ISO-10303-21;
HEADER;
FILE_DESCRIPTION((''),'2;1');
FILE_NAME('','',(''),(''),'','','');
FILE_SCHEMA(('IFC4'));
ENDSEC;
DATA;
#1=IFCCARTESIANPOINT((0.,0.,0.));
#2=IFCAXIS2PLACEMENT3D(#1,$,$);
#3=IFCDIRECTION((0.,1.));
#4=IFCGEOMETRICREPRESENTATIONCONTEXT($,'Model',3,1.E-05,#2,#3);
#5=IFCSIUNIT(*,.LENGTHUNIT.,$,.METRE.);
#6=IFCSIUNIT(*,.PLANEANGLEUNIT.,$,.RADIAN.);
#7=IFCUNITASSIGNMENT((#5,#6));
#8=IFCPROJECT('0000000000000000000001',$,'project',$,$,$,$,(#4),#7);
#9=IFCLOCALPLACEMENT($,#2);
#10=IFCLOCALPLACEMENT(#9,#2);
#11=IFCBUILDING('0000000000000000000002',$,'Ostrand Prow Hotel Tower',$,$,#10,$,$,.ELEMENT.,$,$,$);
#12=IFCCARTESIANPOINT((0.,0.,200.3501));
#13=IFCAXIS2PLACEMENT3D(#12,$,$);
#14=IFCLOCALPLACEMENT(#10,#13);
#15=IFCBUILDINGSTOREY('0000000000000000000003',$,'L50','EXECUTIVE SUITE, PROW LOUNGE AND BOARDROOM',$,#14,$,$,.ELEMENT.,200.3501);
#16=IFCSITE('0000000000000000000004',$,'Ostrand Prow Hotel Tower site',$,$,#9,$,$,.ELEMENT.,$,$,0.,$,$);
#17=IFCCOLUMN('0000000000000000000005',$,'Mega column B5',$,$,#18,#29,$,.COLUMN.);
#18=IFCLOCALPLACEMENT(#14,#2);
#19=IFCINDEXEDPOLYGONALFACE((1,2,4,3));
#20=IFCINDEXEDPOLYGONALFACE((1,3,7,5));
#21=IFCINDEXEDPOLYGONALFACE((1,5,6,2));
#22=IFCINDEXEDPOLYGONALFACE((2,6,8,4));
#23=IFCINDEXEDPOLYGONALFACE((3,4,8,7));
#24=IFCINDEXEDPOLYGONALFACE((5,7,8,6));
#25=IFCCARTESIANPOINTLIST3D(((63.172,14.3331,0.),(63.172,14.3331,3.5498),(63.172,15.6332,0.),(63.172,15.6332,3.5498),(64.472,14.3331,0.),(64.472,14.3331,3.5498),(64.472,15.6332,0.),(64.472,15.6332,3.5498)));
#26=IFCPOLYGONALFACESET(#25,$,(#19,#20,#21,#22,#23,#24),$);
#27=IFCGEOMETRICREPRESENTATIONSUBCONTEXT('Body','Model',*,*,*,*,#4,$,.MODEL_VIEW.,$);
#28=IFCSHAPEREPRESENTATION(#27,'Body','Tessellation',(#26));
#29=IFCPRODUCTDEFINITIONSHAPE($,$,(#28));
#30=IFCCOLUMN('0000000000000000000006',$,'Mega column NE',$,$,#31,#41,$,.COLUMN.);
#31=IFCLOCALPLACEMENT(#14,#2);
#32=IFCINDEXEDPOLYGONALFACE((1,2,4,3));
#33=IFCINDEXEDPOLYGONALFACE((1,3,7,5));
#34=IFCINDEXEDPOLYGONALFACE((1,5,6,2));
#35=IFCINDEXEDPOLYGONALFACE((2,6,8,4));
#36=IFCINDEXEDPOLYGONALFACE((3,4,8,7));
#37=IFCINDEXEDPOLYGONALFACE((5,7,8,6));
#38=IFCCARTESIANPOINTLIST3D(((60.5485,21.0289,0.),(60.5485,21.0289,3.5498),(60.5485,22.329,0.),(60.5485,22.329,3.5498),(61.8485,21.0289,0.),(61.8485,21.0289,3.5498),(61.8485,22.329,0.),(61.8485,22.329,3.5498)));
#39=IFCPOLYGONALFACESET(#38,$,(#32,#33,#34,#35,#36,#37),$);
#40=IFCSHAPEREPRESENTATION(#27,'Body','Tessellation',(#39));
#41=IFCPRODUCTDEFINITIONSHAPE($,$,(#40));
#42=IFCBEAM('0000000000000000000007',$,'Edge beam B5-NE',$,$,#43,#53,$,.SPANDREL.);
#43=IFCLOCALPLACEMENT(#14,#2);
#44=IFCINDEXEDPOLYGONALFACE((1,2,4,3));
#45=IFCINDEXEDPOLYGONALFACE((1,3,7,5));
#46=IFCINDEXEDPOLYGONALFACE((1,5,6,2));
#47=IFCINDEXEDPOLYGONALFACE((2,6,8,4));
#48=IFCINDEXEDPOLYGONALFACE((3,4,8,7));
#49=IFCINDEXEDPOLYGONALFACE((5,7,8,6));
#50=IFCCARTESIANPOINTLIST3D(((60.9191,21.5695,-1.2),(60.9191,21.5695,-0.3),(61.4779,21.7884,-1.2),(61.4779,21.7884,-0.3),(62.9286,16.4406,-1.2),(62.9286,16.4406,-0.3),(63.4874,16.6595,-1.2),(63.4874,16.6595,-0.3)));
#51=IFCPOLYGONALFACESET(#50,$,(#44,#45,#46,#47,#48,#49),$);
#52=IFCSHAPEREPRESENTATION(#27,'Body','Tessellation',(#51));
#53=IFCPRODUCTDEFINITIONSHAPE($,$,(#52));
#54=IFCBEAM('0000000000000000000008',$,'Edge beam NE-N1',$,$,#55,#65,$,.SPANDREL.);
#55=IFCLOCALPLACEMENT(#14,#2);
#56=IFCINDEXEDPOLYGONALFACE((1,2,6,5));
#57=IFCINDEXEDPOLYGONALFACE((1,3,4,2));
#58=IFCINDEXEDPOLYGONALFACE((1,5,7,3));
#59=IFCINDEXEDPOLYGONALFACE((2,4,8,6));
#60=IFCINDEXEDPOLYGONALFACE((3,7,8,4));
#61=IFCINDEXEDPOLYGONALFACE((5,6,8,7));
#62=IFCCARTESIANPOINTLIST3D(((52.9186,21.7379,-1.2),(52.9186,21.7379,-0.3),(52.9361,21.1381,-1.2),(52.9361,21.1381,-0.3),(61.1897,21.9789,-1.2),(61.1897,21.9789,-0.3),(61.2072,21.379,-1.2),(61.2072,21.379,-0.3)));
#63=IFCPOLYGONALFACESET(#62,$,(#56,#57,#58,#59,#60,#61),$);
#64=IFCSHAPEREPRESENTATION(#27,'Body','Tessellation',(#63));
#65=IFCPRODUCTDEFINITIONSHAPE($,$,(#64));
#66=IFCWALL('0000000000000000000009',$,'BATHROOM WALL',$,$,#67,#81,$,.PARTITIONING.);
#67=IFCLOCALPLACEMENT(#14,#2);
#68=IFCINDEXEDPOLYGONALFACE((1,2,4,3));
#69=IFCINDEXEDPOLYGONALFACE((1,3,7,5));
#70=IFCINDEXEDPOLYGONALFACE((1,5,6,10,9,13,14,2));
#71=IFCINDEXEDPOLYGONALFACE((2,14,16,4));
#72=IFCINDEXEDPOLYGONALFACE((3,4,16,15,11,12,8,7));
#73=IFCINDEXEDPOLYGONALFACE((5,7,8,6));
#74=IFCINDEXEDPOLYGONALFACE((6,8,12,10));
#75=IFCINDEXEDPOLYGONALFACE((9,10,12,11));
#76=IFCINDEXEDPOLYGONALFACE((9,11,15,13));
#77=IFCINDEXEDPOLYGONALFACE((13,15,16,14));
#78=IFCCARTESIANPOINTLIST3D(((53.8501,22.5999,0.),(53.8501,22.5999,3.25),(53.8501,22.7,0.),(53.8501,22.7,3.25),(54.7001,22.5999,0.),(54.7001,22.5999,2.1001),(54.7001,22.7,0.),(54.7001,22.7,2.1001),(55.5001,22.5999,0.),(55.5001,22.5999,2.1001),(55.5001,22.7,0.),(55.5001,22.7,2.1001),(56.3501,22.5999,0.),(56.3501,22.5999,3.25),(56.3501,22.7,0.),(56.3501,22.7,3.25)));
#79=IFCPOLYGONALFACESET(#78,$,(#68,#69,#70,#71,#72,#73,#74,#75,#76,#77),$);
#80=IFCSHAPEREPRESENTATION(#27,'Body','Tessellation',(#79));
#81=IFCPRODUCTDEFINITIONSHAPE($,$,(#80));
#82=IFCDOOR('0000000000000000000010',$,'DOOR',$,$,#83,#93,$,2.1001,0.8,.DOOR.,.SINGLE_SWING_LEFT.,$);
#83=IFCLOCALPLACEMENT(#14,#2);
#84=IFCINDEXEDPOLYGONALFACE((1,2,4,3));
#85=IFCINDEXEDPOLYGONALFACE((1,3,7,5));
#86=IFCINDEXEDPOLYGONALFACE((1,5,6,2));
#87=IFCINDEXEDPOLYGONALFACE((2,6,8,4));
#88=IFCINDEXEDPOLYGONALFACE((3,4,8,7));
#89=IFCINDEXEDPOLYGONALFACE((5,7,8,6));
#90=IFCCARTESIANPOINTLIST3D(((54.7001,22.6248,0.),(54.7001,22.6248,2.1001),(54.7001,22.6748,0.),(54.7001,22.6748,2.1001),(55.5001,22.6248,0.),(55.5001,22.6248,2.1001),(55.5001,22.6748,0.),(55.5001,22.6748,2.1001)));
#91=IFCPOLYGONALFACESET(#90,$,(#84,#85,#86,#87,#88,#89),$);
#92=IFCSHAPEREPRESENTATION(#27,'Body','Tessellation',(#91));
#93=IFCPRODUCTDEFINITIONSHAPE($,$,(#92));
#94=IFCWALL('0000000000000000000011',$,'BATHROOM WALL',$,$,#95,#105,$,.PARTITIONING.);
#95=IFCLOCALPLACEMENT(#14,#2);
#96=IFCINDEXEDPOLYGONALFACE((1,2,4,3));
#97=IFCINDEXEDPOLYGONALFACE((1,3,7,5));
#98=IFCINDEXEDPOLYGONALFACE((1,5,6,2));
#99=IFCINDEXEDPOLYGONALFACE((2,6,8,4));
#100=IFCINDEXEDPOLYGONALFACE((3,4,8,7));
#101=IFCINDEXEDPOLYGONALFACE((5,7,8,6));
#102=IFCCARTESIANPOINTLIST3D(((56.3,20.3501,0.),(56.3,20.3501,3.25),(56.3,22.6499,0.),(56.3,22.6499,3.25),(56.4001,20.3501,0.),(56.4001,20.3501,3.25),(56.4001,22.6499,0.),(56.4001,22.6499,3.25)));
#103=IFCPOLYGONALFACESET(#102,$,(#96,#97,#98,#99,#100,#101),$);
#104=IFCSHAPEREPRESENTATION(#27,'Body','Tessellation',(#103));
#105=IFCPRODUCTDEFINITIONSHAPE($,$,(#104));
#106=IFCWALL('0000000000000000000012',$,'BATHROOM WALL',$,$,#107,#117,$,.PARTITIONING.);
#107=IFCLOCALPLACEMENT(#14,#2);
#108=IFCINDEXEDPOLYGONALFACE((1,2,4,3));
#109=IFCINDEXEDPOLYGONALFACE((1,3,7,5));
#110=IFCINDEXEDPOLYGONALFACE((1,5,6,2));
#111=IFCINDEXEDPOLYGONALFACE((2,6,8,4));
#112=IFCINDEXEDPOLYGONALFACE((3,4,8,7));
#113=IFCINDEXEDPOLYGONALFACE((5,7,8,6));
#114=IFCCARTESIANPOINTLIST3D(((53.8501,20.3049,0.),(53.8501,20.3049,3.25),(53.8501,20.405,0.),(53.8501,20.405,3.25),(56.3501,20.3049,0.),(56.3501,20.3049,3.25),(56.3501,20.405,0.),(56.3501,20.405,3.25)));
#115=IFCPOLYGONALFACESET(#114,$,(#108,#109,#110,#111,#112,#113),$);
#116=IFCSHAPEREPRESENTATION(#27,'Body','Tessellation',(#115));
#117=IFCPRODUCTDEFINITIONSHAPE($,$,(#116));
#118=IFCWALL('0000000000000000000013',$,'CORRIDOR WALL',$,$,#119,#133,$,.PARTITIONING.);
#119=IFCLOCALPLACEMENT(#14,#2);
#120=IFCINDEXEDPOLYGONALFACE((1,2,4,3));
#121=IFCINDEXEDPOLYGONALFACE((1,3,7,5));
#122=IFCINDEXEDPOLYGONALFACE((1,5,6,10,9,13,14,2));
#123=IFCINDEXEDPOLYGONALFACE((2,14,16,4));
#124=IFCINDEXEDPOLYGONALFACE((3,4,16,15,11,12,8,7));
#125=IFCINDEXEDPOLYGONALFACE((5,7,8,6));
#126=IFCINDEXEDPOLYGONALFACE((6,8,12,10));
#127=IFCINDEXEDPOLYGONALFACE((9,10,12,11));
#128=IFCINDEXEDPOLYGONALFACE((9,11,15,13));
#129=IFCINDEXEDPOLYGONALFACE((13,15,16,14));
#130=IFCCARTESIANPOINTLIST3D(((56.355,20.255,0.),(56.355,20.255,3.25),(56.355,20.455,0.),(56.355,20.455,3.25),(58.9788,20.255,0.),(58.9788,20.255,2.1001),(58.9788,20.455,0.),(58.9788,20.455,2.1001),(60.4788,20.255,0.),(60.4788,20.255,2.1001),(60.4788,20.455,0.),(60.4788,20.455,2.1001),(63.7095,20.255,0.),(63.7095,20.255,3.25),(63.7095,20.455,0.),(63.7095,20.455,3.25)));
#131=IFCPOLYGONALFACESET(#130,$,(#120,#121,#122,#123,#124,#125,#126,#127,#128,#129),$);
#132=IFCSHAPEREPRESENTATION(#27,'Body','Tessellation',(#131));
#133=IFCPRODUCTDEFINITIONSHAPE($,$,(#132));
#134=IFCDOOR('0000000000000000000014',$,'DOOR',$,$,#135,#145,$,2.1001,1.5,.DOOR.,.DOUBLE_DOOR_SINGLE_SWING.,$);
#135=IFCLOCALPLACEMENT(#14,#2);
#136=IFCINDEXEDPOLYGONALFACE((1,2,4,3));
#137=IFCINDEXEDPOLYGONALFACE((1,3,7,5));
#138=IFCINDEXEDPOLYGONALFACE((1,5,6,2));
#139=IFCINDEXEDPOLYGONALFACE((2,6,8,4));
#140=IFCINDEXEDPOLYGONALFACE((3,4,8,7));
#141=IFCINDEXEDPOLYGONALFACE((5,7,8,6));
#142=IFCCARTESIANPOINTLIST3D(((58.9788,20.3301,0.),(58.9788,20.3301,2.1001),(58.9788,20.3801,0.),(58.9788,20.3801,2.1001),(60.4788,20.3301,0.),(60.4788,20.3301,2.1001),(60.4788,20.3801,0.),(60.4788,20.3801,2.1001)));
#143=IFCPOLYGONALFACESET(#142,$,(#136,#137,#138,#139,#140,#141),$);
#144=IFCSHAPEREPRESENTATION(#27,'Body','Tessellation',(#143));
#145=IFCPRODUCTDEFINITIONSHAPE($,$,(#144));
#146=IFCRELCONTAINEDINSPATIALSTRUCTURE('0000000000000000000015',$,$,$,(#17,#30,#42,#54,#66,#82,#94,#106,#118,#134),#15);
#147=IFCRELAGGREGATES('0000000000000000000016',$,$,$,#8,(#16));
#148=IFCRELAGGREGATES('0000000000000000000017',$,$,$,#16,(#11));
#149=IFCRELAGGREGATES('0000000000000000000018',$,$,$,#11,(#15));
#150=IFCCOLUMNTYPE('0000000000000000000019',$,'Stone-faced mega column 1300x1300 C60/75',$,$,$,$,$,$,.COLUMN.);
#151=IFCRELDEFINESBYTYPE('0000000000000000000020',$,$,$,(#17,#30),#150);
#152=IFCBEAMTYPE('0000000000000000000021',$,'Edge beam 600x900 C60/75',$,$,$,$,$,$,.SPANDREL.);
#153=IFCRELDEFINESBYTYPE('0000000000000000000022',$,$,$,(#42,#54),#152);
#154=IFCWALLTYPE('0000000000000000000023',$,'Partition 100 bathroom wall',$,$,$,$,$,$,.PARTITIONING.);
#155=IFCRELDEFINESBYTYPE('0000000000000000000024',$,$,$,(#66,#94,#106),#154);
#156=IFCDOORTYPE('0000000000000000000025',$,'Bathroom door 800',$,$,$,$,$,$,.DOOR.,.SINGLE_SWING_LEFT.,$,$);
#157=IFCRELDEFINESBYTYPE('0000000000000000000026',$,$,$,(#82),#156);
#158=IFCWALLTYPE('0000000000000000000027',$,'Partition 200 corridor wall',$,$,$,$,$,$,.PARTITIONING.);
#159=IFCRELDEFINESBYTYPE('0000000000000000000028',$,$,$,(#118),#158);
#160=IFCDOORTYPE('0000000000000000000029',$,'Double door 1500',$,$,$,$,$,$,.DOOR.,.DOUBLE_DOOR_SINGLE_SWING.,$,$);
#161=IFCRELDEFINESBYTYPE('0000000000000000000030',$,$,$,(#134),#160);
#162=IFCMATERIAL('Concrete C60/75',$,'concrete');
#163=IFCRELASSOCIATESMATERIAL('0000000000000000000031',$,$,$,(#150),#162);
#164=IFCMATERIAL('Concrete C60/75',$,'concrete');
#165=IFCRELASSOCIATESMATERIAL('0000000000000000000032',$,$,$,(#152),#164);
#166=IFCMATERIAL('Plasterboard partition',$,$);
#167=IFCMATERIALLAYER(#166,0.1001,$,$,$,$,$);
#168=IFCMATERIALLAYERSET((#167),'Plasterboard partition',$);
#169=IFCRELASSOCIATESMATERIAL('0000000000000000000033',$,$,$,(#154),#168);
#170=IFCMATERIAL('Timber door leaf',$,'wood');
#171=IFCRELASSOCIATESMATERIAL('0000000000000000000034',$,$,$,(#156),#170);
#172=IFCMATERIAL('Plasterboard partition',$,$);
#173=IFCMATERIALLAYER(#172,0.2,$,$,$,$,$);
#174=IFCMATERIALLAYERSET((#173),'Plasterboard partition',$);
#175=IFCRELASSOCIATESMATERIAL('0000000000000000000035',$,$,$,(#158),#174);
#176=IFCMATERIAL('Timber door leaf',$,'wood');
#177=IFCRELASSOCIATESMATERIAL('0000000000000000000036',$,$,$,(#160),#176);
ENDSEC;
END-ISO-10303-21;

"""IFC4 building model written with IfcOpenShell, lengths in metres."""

from ifc_helpers import new_model, si_unit, direction, frame, frame_2d, origin, origin_2d, place, context, subcontext, project, spatial, rectangle, extrude, material, layer, layer_set, material_profile, profile_set, type_object, element, fill, save


model = new_model("IFC4")

# Units and contexts
model_context = context("Model", 3, precision=1e-05, world=origin(), true_north=direction((0.0, 1.0)))
body_context = subcontext(model_context, "Body", "Model", "MODEL_VIEW")
ifc_project = project(units=[si_unit("LENGTHUNIT", "METRE"), si_unit("PLANEANGLEUNIT", "RADIAN")], contexts=[model_context])

# Site, building, storey
site_placement = place(None, origin())
site = spatial("IfcSite", under=ifc_project, at=site_placement, Name="Ostrand Prow Hotel Tower site", CompositionType="ELEMENT", RefElevation=0.0)
building_placement = place(site_placement, origin())
building = spatial("IfcBuilding", under=site, at=building_placement, Name="Ostrand Prow Hotel Tower", CompositionType="ELEMENT")
storey_placement = place(building_placement, frame((0.0, 0.0, 200.3501)))
storey = spatial("IfcBuildingStorey", under=building, at=storey_placement, Name="L50", Description="EXECUTIVE SUITE, PROW LOUNGE AND BOARDROOM", CompositionType="ELEMENT", Elevation=200.3501)

# Columns
ifc_material_1 = material(Name="Concrete C60/75", Category="concrete")
ifc_material_profile_1 = material_profile(ifc_material_1, rectangle(XDim=1.3, YDim=1.3, at=origin_2d()), Name="RC 1300x1300")
ifc_profile_set_1 = profile_set([ifc_material_profile_1], Name="Concrete C60/75")
column_type = type_object("IfcColumnType", Name="Stone-faced mega column 1300x1300 C60/75", PredefinedType="COLUMN", material=ifc_profile_set_1)
for number, where, z_axis, x_axis, name in (
    (1, (63.822, 14.9832, 0.0), (0.0, 0.0, 1.0), (1.0, 0.0, 0.0), "Mega column B5"),
    (2, (61.1985, 21.679, 0.0), (0.0, 0.0, 1.0), (1.0, 0.0, 0.0), "Mega column NE"),
):
    element("IfcColumn", number, at=place(storey_placement, frame(where, z_axis=z_axis, x_axis=x_axis)), inside=storey, type_object=column_type, Name=name, PredefinedType="COLUMN", context=body_context, shape_type="SweptSolid", body=[
        extrude(rectangle(XDim=1.3, YDim=1.3, at=origin_2d()), origin(), (0.0, 0.0, 1.0), 3.5498),
    ])

# Beams
ifc_material_2 = material(Name="Concrete C60/75", Category="concrete")
ifc_material_profile_2 = material_profile(ifc_material_2, rectangle(XDim=0.6001, YDim=0.8999, at=origin_2d()), Name="RC 600x900")
ifc_profile_set_2 = profile_set([ifc_material_profile_2], Name="Concrete C60/75")
beam_type = type_object("IfcBeamType", Name="Edge beam 600x900 C60/75", PredefinedType="SPANDREL", material=ifc_profile_set_2)
beam_1_placement = place(storey_placement, frame((63.208, 16.55, -0.75), z_axis=(-0.364802, 0.931085, 0.0), x_axis=(-0.931085, -0.364802, 0.0)))
element("IfcBeam", 3, at=beam_1_placement, inside=storey, type_object=beam_type, Name="Edge beam B5-NE", PredefinedType="SPANDREL", context=body_context, shape_type="SweptSolid", body=[
    extrude(rectangle(XDim=0.6001, YDim=0.8999, at=origin_2d()), origin(), (0.0, 0.0, 1.0), 5.5085),
])
beam_2_placement = place(storey_placement, frame((61.1985, 21.679, -0.75), z_axis=(-0.999576, -0.029121, 0.0), x_axis=(0.029121, -0.999576, 0.0)))
element("IfcBeam", 4, at=beam_2_placement, inside=storey, type_object=beam_type, Name="Edge beam NE-N1", PredefinedType="SPANDREL", context=body_context, shape_type="SweptSolid", body=[
    extrude(rectangle(XDim=0.6001, YDim=0.8999, at=origin_2d()), origin(), (0.0, 0.0, 1.0), 8.2747),
])

# Wall, opening, door
ifc_material_3 = material(Name="Plasterboard partition")
ifc_layer_1 = layer(ifc_material_3, 0.1001)
ifc_layer_set_1 = layer_set([ifc_layer_1], Name="Plasterboard partition")
wall_type_1 = type_object("IfcWallType", Name="Partition 100 bathroom wall", PredefinedType="PARTITIONING", material=ifc_layer_set_1)
wall_1_placement = place(storey_placement, frame((53.8501, 22.6499, 0.0), z_axis=(0.0, 0.0, 1.0), x_axis=(1.0, 0.0, 0.0)))
wall_1 = element("IfcWall", 5, at=wall_1_placement, inside=storey, type_object=wall_type_1, Name="BATHROOM WALL", PredefinedType="PARTITIONING", context=body_context, shape_type="SweptSolid", body=[
    extrude(rectangle(XDim=2.5, YDim=0.1001, at=frame_2d((1.25, 0.0))), origin(), (0.0, 0.0, 1.0), 3.25),
])
opening_1_placement = place(wall_1_placement, frame((0.8501, 0.0, 0.0)))
opening_1 = element("IfcOpeningElement", 6, at=opening_1_placement, cuts=wall_1, PredefinedType="OPENING", context=body_context, shape_type="SweptSolid", body=[
    extrude(rectangle(XDim=0.8, YDim=2.1001, at=frame_2d((0.3999, 1.05))), frame((0.0, 0.0601, 0.0), z_axis=(0.0, -1.0, 0.0), x_axis=(1.0, 0.0, 0.0)), (0.0, 0.0, 1.0), 0.1201),
])
ifc_material_4 = material(Name="Timber door leaf", Category="wood")
door_type_1 = type_object("IfcDoorType", Name="Bathroom door 800", OperationType="SINGLE_SWING_LEFT", PredefinedType="DOOR", material=ifc_material_4)
door_1_placement = place(opening_1_placement, origin())
door_1 = element("IfcDoor", 7, at=door_1_placement, inside=storey, type_object=door_type_1, Name="DOOR", OperationType="SINGLE_SWING_LEFT", OverallHeight=2.1001, OverallWidth=0.8, PredefinedType="DOOR", context=body_context, shape_type="SweptSolid", body=[
    extrude(rectangle(XDim=0.8, YDim=2.1001, at=frame_2d((0.3999, 1.05))), frame((0.0, 0.0249, 0.0), z_axis=(0.0, -1.0, 0.0), x_axis=(1.0, 0.0, 0.0)), (0.0, 0.0, 1.0), 0.05),
])
fill(opening_1, door_1)

# Walls
wall_2_placement = place(storey_placement, frame((56.3501, 22.6499, 0.0), z_axis=(0.0, 0.0, 1.0), x_axis=(0.0, -1.0, 0.0)))
element("IfcWall", 8, at=wall_2_placement, inside=storey, type_object=wall_type_1, Name="BATHROOM WALL", PredefinedType="PARTITIONING", context=body_context, shape_type="SweptSolid", body=[
    extrude(rectangle(XDim=2.2998, YDim=0.1001, at=frame_2d((1.1499, 0.0))), origin(), (0.0, 0.0, 1.0), 3.25),
])
wall_3_placement = place(storey_placement, frame((56.3501, 20.355, 0.0), z_axis=(0.0, 0.0, 1.0), x_axis=(-1.0, 0.0, 0.0)))
element("IfcWall", 9, at=wall_3_placement, inside=storey, type_object=wall_type_1, Name="BATHROOM WALL", PredefinedType="PARTITIONING", context=body_context, shape_type="SweptSolid", body=[
    extrude(rectangle(XDim=2.5, YDim=0.1001, at=frame_2d((1.25, 0.0))), origin(), (0.0, 0.0, 1.0), 3.25),
])

# Wall, opening, door
ifc_material_5 = material(Name="Plasterboard partition")
ifc_layer_2 = layer(ifc_material_5, 0.2)
ifc_layer_set_2 = layer_set([ifc_layer_2], Name="Plasterboard partition")
wall_type_2 = type_object("IfcWallType", Name="Partition 200 corridor wall", PredefinedType="PARTITIONING", material=ifc_layer_set_2)
wall_4_placement = place(storey_placement, frame((63.7095, 20.355, 0.0), z_axis=(0.0, 0.0, 1.0), x_axis=(-1.0, 0.0, 0.0)))
wall_4 = element("IfcWall", 10, at=wall_4_placement, inside=storey, type_object=wall_type_2, Name="CORRIDOR WALL", PredefinedType="PARTITIONING", context=body_context, shape_type="SweptSolid", body=[
    extrude(rectangle(XDim=7.3545, YDim=0.2, at=frame_2d((3.6772, 0.0))), origin(), (0.0, 0.0, 1.0), 3.25),
])
opening_2_placement = place(wall_4_placement, frame((3.2307, 0.0, 0.0)))
opening_2 = element("IfcOpeningElement", 11, at=opening_2_placement, cuts=wall_4, PredefinedType="OPENING", context=body_context, shape_type="SweptSolid", body=[
    extrude(rectangle(XDim=1.5, YDim=2.1001, at=frame_2d((0.75, 1.05))), frame((0.0, 0.1099, 0.0), z_axis=(0.0, -1.0, 0.0), x_axis=(1.0, 0.0, 0.0)), (0.0, 0.0, 1.0), 0.22),
])
ifc_material_6 = material(Name="Timber door leaf", Category="wood")
door_type_2 = type_object("IfcDoorType", Name="Double door 1500", OperationType="DOUBLE_DOOR_SINGLE_SWING", PredefinedType="DOOR", material=ifc_material_6)
door_2_placement = place(opening_2_placement, origin())
door_2 = element("IfcDoor", 12, at=door_2_placement, inside=storey, type_object=door_type_2, Name="DOOR", OperationType="DOUBLE_DOOR_SINGLE_SWING", OverallHeight=2.1001, OverallWidth=1.5, PredefinedType="DOOR", context=body_context, shape_type="SweptSolid", body=[
    extrude(rectangle(XDim=1.5, YDim=2.1001, at=frame_2d((0.75, 1.05))), frame((0.0, 0.0249, 0.0), z_axis=(0.0, -1.0, 0.0), x_axis=(1.0, 0.0, 0.0)), (0.0, 0.0, 1.0), 0.05),
])
fill(opening_2, door_2)

save(model, "model.ifc")
